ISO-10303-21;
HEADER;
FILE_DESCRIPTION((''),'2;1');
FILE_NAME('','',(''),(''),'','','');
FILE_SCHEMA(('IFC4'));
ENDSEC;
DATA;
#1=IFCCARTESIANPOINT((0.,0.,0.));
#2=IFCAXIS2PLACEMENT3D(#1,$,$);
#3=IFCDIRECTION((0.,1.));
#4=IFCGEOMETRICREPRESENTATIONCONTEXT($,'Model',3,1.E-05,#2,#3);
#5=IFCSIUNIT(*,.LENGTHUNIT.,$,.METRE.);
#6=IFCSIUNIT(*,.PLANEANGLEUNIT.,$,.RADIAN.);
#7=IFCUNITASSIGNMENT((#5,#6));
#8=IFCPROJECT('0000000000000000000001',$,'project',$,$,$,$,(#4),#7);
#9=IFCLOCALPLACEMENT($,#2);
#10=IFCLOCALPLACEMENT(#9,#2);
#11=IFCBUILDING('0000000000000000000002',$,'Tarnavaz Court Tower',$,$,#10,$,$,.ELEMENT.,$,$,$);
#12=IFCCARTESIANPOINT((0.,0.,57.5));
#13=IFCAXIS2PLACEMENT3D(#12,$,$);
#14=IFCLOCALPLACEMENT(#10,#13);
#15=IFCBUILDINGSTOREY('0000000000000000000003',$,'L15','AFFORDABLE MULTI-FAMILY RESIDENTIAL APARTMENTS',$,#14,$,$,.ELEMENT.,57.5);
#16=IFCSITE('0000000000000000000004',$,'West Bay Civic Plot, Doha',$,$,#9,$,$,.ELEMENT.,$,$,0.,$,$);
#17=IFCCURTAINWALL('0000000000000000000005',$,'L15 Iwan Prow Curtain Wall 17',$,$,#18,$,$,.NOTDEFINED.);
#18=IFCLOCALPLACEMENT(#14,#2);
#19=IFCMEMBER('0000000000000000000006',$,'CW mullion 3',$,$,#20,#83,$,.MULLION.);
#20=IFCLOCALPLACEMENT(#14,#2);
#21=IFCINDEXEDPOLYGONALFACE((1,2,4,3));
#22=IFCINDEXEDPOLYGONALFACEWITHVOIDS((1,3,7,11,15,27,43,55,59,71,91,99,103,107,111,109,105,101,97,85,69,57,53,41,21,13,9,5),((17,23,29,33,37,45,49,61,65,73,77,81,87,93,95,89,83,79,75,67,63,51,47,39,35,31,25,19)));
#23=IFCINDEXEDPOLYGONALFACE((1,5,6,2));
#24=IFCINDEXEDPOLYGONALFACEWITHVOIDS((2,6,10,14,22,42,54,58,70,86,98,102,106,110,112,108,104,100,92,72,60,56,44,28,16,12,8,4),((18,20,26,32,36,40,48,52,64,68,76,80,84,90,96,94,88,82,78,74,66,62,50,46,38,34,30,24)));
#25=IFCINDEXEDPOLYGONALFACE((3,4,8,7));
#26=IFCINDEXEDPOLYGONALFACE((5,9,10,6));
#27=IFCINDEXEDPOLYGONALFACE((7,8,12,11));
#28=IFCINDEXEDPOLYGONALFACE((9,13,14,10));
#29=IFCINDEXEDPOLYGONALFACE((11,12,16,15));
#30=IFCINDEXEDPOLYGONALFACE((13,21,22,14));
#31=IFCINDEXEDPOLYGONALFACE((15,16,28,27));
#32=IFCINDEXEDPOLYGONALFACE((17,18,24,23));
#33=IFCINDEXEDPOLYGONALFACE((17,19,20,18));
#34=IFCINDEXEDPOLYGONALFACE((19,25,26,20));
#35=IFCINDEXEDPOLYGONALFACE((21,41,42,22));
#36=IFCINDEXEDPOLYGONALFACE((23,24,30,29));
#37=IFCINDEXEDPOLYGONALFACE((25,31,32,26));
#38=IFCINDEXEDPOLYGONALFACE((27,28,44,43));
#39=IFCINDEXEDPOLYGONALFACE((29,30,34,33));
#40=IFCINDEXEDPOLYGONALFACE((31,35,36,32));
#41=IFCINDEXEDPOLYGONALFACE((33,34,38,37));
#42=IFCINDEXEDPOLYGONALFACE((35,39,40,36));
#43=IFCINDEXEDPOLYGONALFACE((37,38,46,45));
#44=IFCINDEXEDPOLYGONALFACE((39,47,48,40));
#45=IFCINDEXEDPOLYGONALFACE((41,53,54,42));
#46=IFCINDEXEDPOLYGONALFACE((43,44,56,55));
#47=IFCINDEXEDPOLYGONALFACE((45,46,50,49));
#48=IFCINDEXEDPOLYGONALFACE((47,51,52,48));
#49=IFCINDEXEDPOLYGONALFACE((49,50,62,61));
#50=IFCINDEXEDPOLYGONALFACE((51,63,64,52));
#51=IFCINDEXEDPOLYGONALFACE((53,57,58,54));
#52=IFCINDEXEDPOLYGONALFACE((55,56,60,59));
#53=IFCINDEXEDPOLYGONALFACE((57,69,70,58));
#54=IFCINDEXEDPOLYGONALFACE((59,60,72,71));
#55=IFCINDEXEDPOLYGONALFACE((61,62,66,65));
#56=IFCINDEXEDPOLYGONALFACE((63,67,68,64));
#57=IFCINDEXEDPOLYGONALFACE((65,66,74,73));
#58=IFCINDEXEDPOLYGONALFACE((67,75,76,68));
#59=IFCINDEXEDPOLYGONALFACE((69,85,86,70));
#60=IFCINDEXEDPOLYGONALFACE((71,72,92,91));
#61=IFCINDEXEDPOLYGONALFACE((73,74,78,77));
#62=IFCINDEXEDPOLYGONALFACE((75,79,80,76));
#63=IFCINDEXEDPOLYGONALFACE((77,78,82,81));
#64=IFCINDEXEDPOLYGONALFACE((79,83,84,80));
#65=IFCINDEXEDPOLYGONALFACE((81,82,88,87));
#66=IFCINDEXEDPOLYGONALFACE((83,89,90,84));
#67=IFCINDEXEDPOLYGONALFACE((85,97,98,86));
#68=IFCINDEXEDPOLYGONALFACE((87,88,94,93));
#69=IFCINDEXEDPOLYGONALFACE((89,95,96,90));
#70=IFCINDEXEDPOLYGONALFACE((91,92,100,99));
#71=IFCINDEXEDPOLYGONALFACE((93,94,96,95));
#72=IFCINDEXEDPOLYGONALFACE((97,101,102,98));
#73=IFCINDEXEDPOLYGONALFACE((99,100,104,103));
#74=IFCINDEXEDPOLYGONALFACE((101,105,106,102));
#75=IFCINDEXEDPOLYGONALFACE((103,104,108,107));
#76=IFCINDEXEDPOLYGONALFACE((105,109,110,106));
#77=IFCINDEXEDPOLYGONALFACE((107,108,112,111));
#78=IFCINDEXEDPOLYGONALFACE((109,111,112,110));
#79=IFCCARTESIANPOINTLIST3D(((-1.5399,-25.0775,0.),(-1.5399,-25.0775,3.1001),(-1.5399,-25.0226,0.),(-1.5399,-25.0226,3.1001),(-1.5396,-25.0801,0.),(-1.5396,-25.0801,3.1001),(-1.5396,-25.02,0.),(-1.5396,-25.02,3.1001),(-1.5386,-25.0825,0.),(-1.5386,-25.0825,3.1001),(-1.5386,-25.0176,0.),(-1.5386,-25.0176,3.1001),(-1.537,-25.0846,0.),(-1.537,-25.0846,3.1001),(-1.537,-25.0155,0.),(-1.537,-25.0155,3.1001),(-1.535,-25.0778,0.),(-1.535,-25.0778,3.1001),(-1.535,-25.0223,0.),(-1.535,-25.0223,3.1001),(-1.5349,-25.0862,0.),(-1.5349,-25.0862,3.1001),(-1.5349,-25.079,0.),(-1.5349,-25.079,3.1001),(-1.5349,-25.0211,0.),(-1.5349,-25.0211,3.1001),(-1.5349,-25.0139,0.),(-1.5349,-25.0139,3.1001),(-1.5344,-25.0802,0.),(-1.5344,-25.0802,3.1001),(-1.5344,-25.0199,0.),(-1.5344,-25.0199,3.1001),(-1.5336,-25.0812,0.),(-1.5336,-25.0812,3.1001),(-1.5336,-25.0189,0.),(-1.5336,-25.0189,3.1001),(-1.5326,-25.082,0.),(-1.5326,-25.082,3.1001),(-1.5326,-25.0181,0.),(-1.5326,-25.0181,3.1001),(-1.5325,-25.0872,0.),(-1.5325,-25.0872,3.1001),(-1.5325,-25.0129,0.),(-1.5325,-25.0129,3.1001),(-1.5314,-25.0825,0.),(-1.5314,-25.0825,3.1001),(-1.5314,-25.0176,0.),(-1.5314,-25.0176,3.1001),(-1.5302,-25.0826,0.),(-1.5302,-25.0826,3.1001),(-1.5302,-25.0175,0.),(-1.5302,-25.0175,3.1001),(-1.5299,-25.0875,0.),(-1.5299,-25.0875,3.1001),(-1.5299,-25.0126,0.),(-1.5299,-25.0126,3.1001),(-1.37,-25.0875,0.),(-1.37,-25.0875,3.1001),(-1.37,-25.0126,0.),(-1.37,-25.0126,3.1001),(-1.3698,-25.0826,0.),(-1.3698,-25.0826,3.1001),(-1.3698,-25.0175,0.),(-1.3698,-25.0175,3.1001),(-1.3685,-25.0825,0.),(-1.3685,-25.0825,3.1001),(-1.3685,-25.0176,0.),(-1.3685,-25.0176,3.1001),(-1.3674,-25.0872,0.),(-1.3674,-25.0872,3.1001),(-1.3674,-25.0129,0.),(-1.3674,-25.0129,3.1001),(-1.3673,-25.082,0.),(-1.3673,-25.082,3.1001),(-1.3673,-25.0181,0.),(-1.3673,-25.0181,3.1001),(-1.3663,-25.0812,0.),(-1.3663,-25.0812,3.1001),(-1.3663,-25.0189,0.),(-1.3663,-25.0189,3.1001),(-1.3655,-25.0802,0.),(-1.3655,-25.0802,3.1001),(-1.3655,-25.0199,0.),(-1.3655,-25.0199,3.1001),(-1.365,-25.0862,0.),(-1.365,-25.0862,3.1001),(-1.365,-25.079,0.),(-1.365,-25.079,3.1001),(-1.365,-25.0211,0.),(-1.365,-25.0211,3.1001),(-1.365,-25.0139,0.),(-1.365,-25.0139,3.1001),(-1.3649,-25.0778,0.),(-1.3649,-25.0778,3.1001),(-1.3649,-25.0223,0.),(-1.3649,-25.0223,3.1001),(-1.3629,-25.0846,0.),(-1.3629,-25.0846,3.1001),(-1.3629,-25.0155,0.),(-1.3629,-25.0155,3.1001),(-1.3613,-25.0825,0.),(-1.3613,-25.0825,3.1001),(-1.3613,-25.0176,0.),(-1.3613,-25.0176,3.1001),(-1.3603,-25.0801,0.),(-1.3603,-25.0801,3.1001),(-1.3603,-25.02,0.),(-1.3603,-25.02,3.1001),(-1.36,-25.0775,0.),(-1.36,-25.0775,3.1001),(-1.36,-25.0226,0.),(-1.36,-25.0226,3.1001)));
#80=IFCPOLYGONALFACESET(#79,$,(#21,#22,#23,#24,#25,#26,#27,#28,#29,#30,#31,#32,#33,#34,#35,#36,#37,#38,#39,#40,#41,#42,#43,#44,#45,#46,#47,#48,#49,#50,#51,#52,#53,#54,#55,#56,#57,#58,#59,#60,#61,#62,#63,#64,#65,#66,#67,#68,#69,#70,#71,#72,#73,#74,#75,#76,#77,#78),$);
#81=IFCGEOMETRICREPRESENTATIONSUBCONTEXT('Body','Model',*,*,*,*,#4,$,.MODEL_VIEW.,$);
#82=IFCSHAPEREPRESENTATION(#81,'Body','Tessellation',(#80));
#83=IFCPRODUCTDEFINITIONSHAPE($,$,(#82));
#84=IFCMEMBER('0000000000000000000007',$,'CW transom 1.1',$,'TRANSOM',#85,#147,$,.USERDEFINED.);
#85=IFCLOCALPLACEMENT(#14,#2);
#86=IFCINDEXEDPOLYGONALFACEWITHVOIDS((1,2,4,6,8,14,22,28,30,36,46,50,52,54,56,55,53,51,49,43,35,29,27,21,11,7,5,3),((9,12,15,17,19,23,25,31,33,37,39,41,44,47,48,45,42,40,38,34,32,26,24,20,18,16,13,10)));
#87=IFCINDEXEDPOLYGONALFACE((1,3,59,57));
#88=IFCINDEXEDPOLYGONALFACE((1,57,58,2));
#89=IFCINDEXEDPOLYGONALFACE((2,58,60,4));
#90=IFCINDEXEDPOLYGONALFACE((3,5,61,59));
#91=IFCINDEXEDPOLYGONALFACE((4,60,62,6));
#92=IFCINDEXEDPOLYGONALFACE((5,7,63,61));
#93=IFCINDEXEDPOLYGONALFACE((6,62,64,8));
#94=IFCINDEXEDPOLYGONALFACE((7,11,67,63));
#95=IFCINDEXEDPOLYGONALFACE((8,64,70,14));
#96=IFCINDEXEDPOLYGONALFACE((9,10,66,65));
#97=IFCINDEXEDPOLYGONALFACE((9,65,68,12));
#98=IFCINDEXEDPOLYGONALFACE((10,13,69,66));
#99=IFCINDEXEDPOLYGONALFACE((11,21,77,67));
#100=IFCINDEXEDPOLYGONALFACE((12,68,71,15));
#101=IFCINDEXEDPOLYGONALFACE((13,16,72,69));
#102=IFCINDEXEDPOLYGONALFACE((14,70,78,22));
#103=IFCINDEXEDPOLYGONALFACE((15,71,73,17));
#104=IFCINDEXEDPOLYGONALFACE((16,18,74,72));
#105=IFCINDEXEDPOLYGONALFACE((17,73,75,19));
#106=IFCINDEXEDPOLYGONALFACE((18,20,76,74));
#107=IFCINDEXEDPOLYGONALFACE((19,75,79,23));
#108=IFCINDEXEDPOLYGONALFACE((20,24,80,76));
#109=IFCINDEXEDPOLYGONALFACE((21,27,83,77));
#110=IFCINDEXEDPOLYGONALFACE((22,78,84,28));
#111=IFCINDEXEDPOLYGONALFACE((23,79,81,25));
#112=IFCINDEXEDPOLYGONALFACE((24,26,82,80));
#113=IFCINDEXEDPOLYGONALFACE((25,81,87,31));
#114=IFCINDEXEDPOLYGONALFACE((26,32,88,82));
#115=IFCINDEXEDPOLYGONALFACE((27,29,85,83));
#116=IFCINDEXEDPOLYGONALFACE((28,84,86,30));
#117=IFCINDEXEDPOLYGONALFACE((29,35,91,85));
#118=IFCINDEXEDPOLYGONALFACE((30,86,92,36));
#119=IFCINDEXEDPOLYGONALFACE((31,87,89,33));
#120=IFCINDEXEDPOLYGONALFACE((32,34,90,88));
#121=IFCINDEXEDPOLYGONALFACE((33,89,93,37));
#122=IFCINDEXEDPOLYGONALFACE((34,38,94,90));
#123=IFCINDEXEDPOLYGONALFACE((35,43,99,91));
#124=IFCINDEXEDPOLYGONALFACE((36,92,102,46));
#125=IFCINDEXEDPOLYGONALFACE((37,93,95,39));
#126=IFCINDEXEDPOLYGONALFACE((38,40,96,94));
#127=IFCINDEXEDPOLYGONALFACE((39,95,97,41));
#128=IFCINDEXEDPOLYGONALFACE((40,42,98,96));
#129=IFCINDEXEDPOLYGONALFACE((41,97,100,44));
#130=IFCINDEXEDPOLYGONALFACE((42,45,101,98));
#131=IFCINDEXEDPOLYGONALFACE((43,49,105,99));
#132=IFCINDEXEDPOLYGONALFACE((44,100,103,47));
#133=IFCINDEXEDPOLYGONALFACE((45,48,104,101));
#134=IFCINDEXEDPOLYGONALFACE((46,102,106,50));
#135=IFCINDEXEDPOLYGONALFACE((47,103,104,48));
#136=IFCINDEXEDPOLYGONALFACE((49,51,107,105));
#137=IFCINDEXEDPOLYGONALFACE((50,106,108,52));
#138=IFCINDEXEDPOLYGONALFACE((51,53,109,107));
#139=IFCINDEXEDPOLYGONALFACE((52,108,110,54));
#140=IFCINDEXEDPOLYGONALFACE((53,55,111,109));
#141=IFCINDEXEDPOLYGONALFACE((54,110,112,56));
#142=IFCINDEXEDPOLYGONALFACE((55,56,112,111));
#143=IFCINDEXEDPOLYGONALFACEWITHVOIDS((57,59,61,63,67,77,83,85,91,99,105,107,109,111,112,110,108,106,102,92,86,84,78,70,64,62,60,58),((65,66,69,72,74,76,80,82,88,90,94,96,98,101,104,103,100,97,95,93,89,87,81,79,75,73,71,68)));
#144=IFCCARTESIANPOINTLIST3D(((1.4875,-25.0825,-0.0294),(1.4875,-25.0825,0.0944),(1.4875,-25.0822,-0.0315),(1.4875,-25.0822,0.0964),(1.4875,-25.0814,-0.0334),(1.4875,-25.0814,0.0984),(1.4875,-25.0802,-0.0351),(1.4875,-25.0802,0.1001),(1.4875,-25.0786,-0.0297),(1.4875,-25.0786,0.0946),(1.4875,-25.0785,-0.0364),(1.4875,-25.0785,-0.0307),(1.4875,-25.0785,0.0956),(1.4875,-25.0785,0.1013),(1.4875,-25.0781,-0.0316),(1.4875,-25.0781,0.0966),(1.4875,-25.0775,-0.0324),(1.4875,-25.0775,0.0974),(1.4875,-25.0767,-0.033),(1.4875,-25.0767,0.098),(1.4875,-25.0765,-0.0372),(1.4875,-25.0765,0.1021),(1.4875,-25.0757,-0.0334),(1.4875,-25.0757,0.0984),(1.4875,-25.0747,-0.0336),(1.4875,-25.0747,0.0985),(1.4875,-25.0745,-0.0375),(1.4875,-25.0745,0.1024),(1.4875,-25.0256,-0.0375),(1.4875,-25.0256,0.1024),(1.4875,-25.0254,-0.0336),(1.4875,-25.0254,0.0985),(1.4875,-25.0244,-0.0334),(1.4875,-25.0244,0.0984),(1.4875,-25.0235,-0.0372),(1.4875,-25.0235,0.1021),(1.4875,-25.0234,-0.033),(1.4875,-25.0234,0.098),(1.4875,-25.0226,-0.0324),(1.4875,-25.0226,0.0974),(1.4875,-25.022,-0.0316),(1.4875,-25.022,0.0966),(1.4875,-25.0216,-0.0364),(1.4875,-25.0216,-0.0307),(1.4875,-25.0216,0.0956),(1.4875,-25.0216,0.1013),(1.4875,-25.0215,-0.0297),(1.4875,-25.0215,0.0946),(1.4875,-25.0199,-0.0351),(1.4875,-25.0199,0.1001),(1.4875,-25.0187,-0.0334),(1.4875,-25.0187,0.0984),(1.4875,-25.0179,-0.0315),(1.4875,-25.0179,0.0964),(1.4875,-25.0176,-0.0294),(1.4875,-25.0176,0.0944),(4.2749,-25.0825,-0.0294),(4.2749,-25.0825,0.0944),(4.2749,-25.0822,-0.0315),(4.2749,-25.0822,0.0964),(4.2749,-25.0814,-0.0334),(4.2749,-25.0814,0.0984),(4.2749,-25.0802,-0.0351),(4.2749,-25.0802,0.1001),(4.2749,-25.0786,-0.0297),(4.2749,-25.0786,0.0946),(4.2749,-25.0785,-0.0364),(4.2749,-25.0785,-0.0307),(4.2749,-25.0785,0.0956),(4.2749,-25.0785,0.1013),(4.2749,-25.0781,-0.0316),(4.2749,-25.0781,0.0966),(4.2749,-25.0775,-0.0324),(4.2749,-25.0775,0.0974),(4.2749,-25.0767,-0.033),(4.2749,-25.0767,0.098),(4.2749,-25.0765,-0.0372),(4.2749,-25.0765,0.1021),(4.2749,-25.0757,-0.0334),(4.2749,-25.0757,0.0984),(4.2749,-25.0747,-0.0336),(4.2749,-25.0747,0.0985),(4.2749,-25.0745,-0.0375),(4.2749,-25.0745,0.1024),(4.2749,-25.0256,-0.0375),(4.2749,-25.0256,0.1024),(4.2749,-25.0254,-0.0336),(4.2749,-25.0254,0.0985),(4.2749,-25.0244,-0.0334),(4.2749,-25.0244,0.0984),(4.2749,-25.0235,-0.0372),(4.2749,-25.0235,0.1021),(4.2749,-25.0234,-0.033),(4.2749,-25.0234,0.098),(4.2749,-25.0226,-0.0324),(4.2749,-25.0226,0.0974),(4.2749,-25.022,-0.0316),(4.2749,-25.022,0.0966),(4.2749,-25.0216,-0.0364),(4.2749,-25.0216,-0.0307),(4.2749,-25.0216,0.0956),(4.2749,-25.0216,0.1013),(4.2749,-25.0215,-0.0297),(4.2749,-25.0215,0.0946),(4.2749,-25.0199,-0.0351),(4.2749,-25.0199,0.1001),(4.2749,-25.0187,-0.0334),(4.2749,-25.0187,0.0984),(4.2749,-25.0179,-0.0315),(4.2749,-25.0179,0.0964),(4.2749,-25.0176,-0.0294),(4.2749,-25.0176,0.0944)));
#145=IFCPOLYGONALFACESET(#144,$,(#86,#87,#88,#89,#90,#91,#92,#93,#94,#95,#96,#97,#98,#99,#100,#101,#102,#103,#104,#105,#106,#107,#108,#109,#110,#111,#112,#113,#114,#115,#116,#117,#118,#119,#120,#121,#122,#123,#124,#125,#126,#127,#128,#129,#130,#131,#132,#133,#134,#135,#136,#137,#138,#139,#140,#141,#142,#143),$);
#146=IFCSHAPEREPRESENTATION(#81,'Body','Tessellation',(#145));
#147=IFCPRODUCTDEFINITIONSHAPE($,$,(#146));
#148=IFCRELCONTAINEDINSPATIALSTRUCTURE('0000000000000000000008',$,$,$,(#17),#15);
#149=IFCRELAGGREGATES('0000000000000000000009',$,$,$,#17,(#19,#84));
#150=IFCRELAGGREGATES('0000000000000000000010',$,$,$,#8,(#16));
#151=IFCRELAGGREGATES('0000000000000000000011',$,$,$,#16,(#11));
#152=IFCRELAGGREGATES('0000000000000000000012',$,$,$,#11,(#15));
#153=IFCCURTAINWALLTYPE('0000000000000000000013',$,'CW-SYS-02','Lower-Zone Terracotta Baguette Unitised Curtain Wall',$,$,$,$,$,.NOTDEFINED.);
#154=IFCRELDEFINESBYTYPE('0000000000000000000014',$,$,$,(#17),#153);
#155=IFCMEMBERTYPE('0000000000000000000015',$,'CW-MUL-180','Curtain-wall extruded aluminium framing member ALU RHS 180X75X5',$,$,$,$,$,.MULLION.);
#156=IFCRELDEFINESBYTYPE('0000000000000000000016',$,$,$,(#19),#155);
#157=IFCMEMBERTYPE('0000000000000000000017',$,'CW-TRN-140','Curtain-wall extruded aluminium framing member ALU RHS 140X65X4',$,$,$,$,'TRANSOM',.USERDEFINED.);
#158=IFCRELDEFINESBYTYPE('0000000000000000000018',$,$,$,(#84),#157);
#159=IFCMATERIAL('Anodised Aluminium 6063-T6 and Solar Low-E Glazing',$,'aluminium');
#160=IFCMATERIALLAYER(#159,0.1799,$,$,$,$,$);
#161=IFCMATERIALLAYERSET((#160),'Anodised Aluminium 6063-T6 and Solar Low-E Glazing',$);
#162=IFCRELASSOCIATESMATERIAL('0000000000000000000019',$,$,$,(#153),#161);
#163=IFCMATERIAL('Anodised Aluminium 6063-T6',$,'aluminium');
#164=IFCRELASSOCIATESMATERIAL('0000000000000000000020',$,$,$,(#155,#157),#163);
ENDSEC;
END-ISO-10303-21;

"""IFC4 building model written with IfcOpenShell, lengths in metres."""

from ifc_helpers import new_model, si_unit, direction, frame, origin, origin_2d, place, context, subcontext, project, spatial, hollow_rectangle, extrude, material, layer, layer_set, material_profile, profile_set, type_object, element, aggregate, save


model = new_model("IFC4")

# Units and contexts
model_context = context("Model", 3, precision=1e-05, world=origin(), true_north=direction((0.0, 1.0)))
body_context = subcontext(model_context, "Body", "Model", "MODEL_VIEW")
ifc_project = project(units=[si_unit("LENGTHUNIT", "METRE"), si_unit("PLANEANGLEUNIT", "RADIAN")], contexts=[model_context])

# Site, building, storey
site_placement = place(None, origin())
site = spatial("IfcSite", under=ifc_project, at=site_placement, Name="West Bay Civic Plot, Doha", CompositionType="ELEMENT", RefElevation=0.0)
building_placement = place(site_placement, origin())
building = spatial("IfcBuilding", under=site, at=building_placement, Name="Tarnavaz Court Tower", CompositionType="ELEMENT")
storey_placement = place(building_placement, frame((0.0, 0.0, 57.5)))
storey = spatial("IfcBuildingStorey", under=building, at=storey_placement, Name="L15", Description="AFFORDABLE MULTI-FAMILY RESIDENTIAL APARTMENTS", CompositionType="ELEMENT", Elevation=57.5)

# Curtain wall, members
ifc_material_1 = material(Name="Anodised Aluminium 6063-T6 and Solar Low-E Glazing", Category="aluminium")
ifc_layer_1 = layer(ifc_material_1, 0.1799)
ifc_layer_set_1 = layer_set([ifc_layer_1], Name="Anodised Aluminium 6063-T6 and Solar Low-E Glazing")
curtain_wall_type = type_object("IfcCurtainWallType", Name="CW-SYS-02", Description="Lower-Zone Terracotta Baguette Unitised Curtain Wall", PredefinedType="NOTDEFINED", material=ifc_layer_set_1)
curtain_wall_placement = place(storey_placement, origin())
curtain_wall = element("IfcCurtainWall", 1, at=curtain_wall_placement, inside=storey, type_object=curtain_wall_type, Name="L15 Iwan Prow Curtain Wall 17", PredefinedType="NOTDEFINED")
ifc_material_2 = material(Name="Anodised Aluminium 6063-T6", Category="aluminium")
ifc_material_profile_1 = material_profile(ifc_material_2, hollow_rectangle(XDim=0.075, YDim=0.1799, WallThickness=0.0049, InnerFilletRadius=0.0049, OuterFilletRadius=0.01, at=origin_2d()), Name="ALU RHS 180X75X5")
ifc_profile_set_1 = profile_set([ifc_material_profile_1], Name="Anodised Aluminium 6063-T6")
member_type_1 = type_object("IfcMemberType", Name="CW-MUL-180", Description="Curtain-wall extruded aluminium framing member ALU RHS 180X75X5", PredefinedType="MULLION", material=ifc_profile_set_1)
member_1_placement = place(storey_placement, frame((-1.45, -25.05, 0.0), z_axis=(0.0, 0.0, 1.0), x_axis=(0.0, -1.0, 0.0)))
member_1 = element("IfcMember", 2, at=member_1_placement, type_object=member_type_1, Name="CW mullion 3", PredefinedType="MULLION", context=body_context, shape_type="SweptSolid", body=[
    extrude(hollow_rectangle(XDim=0.075, YDim=0.1799, WallThickness=0.0049, InnerFilletRadius=0.0049, OuterFilletRadius=0.01, at=origin_2d()), origin(), (0.0, 0.0, 1.0), 3.1001),
])
ifc_material_profile_2 = material_profile(ifc_material_2, hollow_rectangle(XDim=0.0649, YDim=0.1399, WallThickness=0.0039, InnerFilletRadius=0.0039, OuterFilletRadius=0.0081, at=origin_2d()), Name="ALU RHS 140X65X4")
ifc_profile_set_2 = profile_set([ifc_material_profile_2], Name="Anodised Aluminium 6063-T6")
member_type_2 = type_object("IfcMemberType", Name="CW-TRN-140", Description="Curtain-wall extruded aluminium framing member ALU RHS 140X65X4", ElementType="TRANSOM", PredefinedType="USERDEFINED", material=ifc_profile_set_2)
member_2_placement = place(storey_placement, frame((4.2749, -25.05, 0.0325), z_axis=(-1.0, 0.0, 0.0), x_axis=(0.0, -1.0, 0.0)))
member_2 = element("IfcMember", 3, at=member_2_placement, type_object=member_type_2, Name="CW transom 1.1", ObjectType="TRANSOM", PredefinedType="USERDEFINED", context=body_context, shape_type="SweptSolid", body=[
    extrude(hollow_rectangle(XDim=0.0649, YDim=0.1399, WallThickness=0.0039, InnerFilletRadius=0.0039, OuterFilletRadius=0.0081, at=origin_2d()), origin(), (0.0, 0.0, 1.0), 2.7874),
])
aggregate(curtain_wall, [member_1, member_2])

save(model, "model.ifc")
